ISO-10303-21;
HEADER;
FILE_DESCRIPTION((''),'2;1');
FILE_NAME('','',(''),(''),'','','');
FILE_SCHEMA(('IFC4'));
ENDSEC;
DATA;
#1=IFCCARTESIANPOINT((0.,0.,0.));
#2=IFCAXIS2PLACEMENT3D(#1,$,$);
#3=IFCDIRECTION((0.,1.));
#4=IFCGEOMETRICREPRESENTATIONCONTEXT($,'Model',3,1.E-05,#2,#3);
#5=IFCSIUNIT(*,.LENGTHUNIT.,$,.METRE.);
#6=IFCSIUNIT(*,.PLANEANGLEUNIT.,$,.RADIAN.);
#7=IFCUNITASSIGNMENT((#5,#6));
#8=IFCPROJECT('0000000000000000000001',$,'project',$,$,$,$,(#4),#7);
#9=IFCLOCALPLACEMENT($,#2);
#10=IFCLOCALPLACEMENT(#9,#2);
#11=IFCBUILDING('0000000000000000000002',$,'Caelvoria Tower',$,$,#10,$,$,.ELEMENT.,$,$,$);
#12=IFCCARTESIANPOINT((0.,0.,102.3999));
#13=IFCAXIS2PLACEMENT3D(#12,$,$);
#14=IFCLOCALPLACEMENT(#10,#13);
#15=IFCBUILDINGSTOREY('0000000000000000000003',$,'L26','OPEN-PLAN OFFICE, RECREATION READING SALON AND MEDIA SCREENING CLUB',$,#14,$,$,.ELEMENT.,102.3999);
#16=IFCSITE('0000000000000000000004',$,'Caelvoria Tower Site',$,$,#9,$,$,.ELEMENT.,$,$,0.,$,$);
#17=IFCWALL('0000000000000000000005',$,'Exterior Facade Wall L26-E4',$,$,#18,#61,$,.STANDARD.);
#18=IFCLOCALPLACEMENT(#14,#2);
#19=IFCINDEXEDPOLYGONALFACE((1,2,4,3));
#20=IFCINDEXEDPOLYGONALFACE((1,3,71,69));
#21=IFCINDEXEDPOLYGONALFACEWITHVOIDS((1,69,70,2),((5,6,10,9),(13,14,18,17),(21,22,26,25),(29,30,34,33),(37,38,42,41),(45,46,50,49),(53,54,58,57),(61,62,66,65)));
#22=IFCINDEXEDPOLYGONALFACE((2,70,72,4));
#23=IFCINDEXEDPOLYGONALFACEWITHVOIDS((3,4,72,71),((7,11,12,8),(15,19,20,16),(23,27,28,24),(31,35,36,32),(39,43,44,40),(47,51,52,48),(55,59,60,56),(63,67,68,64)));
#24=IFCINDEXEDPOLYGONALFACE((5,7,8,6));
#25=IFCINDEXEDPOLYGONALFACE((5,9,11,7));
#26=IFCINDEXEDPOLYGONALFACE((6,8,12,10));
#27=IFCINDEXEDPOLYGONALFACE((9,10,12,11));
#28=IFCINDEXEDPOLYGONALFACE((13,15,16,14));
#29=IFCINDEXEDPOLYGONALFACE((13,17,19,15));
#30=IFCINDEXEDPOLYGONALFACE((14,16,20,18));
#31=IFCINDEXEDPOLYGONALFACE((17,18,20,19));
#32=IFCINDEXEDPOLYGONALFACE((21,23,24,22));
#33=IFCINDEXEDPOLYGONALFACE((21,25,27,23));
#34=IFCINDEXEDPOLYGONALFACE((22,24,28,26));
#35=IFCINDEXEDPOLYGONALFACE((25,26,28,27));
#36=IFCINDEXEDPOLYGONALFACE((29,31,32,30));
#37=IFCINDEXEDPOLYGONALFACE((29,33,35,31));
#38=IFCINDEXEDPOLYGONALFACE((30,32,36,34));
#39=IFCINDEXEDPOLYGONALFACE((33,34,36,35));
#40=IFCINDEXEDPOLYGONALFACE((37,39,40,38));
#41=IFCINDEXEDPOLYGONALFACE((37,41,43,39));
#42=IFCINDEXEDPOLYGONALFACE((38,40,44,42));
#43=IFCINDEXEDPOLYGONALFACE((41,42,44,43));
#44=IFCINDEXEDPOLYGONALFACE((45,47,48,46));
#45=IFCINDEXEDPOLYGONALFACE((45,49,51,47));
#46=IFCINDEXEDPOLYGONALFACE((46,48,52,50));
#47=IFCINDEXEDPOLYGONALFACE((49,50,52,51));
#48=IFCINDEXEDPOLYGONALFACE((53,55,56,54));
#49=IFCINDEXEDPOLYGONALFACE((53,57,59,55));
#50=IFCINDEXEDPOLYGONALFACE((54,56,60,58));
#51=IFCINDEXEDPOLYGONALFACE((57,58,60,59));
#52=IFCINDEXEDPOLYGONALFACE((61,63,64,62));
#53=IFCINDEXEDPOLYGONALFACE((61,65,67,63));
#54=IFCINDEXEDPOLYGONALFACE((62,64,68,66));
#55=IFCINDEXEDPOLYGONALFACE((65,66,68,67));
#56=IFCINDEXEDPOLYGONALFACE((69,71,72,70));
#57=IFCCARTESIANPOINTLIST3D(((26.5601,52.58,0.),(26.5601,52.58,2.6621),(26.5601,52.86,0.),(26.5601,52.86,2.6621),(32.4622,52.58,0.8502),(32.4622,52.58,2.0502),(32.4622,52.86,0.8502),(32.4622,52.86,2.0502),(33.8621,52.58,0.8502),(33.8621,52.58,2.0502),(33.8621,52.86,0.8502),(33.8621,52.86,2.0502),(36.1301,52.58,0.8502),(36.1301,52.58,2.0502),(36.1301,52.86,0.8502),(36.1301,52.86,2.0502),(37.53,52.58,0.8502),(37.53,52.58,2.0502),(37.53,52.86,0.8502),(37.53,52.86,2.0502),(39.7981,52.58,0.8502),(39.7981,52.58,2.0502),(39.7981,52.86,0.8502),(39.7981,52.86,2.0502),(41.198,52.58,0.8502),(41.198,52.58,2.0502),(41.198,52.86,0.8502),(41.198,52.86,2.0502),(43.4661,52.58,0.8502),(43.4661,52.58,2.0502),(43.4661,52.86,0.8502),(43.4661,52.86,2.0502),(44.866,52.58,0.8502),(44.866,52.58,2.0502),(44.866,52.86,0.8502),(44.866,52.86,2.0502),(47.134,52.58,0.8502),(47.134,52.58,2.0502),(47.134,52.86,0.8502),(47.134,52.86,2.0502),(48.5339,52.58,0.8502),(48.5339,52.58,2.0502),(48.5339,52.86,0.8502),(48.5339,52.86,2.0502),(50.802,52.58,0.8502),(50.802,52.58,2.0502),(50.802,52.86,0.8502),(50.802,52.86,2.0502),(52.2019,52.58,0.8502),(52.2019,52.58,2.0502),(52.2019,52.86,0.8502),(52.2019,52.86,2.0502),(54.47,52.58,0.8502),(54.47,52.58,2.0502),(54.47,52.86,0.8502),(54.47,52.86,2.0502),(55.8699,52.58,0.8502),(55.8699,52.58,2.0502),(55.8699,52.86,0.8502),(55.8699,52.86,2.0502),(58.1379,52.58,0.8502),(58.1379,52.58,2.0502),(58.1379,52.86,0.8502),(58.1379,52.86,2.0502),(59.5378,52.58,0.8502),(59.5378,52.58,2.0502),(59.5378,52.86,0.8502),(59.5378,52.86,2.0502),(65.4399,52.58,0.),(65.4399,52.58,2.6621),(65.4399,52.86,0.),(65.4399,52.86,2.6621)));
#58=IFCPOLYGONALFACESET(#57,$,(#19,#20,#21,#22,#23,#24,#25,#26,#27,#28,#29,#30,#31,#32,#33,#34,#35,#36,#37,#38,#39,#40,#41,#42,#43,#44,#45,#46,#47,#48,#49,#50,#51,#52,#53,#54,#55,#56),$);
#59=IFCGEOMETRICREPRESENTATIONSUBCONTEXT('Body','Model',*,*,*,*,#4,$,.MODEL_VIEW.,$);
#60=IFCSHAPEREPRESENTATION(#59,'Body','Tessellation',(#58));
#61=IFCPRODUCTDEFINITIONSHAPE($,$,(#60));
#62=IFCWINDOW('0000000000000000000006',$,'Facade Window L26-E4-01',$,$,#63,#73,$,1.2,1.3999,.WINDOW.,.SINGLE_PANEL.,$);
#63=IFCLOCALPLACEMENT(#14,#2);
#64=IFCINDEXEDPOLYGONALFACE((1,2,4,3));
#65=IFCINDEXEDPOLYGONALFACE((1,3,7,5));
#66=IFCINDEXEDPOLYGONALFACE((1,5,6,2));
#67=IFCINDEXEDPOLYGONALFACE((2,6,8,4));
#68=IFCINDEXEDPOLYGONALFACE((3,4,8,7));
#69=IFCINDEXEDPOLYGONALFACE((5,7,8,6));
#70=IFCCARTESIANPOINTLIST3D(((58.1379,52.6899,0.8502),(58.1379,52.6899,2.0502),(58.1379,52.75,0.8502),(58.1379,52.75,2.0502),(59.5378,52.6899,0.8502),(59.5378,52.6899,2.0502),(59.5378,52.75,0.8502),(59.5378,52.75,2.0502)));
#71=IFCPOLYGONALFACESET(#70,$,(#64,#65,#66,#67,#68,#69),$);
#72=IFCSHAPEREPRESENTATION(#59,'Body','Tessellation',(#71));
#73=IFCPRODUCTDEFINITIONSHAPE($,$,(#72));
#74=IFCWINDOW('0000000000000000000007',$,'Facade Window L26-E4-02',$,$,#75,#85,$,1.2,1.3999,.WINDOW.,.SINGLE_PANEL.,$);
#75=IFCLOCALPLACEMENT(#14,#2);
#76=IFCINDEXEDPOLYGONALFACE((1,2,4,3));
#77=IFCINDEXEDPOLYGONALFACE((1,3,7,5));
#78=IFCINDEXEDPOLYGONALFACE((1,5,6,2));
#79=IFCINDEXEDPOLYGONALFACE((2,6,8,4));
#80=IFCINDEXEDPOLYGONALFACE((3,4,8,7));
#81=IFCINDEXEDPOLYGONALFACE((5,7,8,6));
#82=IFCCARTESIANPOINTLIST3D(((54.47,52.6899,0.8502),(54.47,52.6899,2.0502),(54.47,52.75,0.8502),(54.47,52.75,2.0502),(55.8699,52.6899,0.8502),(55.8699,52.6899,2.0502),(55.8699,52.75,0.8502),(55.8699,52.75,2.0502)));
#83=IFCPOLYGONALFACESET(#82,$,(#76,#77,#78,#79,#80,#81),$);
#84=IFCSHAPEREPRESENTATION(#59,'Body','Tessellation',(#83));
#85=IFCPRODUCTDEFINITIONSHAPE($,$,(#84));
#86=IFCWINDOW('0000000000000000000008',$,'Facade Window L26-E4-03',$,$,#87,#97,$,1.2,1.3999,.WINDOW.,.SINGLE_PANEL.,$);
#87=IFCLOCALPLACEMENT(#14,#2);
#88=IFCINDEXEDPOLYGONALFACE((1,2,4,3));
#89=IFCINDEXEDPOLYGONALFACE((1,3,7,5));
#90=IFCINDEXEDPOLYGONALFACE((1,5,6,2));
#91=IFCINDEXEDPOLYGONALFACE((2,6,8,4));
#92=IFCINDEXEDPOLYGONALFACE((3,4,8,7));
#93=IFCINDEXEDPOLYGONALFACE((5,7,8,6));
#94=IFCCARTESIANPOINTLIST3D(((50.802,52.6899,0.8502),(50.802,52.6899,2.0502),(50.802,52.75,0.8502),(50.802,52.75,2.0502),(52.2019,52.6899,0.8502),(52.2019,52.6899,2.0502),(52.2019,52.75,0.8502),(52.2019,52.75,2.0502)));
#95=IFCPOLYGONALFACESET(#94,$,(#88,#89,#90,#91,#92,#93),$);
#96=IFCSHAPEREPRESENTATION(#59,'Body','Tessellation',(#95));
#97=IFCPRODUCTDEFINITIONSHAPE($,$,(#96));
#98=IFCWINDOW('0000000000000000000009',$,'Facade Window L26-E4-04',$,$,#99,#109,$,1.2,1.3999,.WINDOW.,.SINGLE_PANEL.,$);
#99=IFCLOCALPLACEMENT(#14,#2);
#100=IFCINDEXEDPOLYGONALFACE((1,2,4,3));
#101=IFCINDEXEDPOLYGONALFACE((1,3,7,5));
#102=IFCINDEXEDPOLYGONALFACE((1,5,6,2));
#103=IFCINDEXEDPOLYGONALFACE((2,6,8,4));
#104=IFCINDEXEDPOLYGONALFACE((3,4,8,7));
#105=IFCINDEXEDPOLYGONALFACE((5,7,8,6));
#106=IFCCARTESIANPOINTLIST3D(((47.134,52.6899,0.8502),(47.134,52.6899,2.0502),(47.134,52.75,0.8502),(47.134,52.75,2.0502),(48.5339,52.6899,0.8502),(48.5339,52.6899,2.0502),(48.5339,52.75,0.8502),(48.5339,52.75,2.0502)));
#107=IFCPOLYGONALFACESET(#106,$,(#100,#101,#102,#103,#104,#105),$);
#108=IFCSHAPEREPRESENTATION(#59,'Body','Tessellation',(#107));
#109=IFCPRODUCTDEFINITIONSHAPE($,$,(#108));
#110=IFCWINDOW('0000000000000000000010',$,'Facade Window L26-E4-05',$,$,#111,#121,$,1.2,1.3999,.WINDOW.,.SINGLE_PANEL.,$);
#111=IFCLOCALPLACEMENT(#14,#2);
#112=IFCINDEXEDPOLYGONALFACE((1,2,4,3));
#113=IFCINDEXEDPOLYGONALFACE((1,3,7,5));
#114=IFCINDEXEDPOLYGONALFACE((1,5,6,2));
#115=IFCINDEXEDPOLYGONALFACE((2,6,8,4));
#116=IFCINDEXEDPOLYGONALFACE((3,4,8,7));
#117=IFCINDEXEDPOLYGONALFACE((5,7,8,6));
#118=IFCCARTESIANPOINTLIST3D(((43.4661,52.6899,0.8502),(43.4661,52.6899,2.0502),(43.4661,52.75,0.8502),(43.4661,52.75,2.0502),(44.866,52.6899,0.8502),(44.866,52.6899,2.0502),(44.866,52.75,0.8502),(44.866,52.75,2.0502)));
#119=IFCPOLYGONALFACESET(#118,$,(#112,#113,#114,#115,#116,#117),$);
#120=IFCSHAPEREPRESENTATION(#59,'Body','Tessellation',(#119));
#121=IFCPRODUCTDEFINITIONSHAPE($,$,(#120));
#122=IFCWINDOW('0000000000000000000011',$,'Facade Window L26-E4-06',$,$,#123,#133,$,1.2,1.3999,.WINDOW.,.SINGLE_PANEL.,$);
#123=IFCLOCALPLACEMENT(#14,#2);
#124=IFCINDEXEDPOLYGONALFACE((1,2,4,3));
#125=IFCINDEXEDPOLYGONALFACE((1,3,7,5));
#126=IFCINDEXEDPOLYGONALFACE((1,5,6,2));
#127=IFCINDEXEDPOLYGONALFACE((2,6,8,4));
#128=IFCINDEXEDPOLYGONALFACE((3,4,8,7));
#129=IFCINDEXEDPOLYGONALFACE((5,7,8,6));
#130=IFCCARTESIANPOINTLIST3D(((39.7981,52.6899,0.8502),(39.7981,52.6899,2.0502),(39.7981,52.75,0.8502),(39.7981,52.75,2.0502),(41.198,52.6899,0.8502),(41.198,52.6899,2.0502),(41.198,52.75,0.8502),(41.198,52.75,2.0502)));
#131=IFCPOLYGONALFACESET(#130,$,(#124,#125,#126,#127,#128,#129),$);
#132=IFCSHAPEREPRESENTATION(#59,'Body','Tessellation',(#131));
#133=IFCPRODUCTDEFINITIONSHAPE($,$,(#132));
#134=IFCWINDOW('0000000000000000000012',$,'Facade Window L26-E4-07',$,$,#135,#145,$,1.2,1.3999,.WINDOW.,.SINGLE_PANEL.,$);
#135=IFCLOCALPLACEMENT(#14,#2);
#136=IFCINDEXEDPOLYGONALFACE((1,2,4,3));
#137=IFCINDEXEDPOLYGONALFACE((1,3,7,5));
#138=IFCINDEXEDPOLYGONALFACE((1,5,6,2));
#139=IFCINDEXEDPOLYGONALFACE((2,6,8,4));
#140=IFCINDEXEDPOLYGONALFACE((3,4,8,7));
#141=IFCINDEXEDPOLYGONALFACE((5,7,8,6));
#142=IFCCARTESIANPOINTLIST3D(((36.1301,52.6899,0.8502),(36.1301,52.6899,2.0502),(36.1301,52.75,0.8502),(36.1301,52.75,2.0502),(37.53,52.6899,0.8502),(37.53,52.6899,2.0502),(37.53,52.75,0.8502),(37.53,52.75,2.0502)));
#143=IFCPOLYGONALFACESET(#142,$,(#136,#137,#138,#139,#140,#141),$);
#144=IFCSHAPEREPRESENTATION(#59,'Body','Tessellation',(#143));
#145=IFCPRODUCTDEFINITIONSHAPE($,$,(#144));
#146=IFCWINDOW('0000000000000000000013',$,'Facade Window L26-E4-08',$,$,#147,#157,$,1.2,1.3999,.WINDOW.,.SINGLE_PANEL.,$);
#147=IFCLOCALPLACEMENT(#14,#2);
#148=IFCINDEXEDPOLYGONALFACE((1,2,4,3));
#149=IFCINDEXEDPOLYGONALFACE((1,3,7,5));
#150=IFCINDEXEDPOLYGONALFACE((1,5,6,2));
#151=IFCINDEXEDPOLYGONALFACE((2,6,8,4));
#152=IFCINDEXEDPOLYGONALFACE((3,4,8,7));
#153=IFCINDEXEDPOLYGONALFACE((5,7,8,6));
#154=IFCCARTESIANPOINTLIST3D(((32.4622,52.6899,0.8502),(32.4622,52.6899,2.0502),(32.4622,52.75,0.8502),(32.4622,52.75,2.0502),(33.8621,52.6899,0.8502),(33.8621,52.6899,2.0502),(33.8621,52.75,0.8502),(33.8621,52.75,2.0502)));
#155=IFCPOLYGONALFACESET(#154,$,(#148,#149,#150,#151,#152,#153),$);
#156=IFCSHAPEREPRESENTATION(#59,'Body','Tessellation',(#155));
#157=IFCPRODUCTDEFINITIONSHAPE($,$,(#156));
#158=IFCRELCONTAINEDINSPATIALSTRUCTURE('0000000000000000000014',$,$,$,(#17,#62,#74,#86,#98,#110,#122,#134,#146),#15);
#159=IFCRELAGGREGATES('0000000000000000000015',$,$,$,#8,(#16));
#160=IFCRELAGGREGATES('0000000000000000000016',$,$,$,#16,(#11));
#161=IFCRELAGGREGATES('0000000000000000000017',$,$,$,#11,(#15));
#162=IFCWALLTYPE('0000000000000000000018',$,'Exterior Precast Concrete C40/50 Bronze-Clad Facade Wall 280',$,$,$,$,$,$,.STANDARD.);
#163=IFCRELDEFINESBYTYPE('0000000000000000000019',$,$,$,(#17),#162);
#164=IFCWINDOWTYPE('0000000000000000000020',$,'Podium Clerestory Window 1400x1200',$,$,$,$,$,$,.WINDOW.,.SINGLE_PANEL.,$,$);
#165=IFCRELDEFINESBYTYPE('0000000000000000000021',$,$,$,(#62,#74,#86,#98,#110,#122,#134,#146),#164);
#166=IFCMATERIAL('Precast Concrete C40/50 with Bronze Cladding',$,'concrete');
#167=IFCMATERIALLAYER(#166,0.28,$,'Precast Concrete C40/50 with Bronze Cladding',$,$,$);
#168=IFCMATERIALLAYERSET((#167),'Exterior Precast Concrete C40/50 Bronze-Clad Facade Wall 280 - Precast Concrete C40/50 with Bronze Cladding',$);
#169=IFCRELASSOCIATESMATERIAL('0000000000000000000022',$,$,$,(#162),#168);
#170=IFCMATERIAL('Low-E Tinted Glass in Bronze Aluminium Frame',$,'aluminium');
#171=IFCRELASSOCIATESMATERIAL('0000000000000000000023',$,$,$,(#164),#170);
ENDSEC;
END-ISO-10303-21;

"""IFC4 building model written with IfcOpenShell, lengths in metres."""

from ifc_helpers import new_model, si_unit, direction, frame, frame_2d, origin, place, context, subcontext, project, spatial, rectangle, extrude, material, layer, layer_set, type_object, element, fill, save


model = new_model("IFC4")

# Units and contexts
model_context = context("Model", 3, precision=1e-05, world=origin(), true_north=direction((0.0, 1.0)))
body_context = subcontext(model_context, "Body", "Model", "MODEL_VIEW")
ifc_project = project(units=[si_unit("LENGTHUNIT", "METRE"), si_unit("PLANEANGLEUNIT", "RADIAN")], contexts=[model_context])

# Site, building, storey
site_placement = place(None, origin())
site = spatial("IfcSite", under=ifc_project, at=site_placement, Name="Caelvoria Tower Site", CompositionType="ELEMENT", RefElevation=0.0)
building_placement = place(site_placement, origin())
building = spatial("IfcBuilding", under=site, at=building_placement, Name="Caelvoria Tower", CompositionType="ELEMENT")
storey_placement = place(building_placement, frame((0.0, 0.0, 102.3999)))
storey = spatial("IfcBuildingStorey", under=building, at=storey_placement, Name="L26", Description="OPEN-PLAN OFFICE, RECREATION READING SALON AND MEDIA SCREENING CLUB", CompositionType="ELEMENT", Elevation=102.3999)

# Wall, openings, windows
ifc_material_1 = material(Name="Precast Concrete C40/50 with Bronze Cladding", Category="concrete")
ifc_layer_1 = layer(ifc_material_1, 0.28, Name="Precast Concrete C40/50 with Bronze Cladding")
ifc_layer_set_1 = layer_set([ifc_layer_1], Name="Exterior Precast Concrete C40/50 Bronze-Clad Facade Wall 280 - Precast Concrete C40/50 with Bronze Cladding")
wall_type = type_object("IfcWallType", Name="Exterior Precast Concrete C40/50 Bronze-Clad Facade Wall 280", PredefinedType="STANDARD", material=ifc_layer_set_1)
wall_placement = place(storey_placement, frame((65.4399, 52.72, 0.0), z_axis=(0.0, 0.0, 1.0), x_axis=(-1.0, 0.0, 0.0)))
wall = element("IfcWall", 1, at=wall_placement, inside=storey, type_object=wall_type, Name="Exterior Facade Wall L26-E4", PredefinedType="STANDARD", context=body_context, shape_type="SweptSolid", body=[
    extrude(rectangle(XDim=38.8799, YDim=0.28, at=frame_2d((19.4399, 0.0))), origin(), (0.0, 0.0, 1.0), 2.6621),
])
opening_1_placement = place(wall_placement, frame((5.9021, 0.0, 0.8501)))
opening_1 = element("IfcOpeningElement", 2, at=opening_1_placement, cuts=wall, PredefinedType="OPENING", context=body_context, shape_type="SweptSolid", body=[
    extrude(rectangle(XDim=1.3999, YDim=1.2, at=frame_2d((0.7, 0.6001))), frame((0.0, 0.1499, 0.0), z_axis=(0.0, -1.0, 0.0), x_axis=(1.0, 0.0, 0.0)), (0.0, 0.0, 1.0), 0.3),
])
opening_2_placement = place(wall_placement, frame((9.5701, 0.0, 0.8501)))
opening_2 = element("IfcOpeningElement", 3, at=opening_2_placement, cuts=wall, PredefinedType="OPENING", context=body_context, shape_type="SweptSolid", body=[
    extrude(rectangle(XDim=1.3999, YDim=1.2, at=frame_2d((0.7, 0.6001))), frame((0.0, 0.1499, 0.0), z_axis=(0.0, -1.0, 0.0), x_axis=(1.0, 0.0, 0.0)), (0.0, 0.0, 1.0), 0.3),
])
opening_3_placement = place(wall_placement, frame((13.238, 0.0, 0.8501)))
opening_3 = element("IfcOpeningElement", 4, at=opening_3_placement, cuts=wall, PredefinedType="OPENING", context=body_context, shape_type="SweptSolid", body=[
    extrude(rectangle(XDim=1.3999, YDim=1.2, at=frame_2d((0.7, 0.6001))), frame((0.0, 0.1499, 0.0), z_axis=(0.0, -1.0, 0.0), x_axis=(1.0, 0.0, 0.0)), (0.0, 0.0, 1.0), 0.3),
])
opening_4_placement = place(wall_placement, frame((16.906, 0.0, 0.8501)))
opening_4 = element("IfcOpeningElement", 5, at=opening_4_placement, cuts=wall, PredefinedType="OPENING", context=body_context, shape_type="SweptSolid", body=[
    extrude(rectangle(XDim=1.3999, YDim=1.2, at=frame_2d((0.7, 0.6001))), frame((0.0, 0.1499, 0.0), z_axis=(0.0, -1.0, 0.0), x_axis=(1.0, 0.0, 0.0)), (0.0, 0.0, 1.0), 0.3),
])
opening_5_placement = place(wall_placement, frame((20.574, 0.0, 0.8501)))
opening_5 = element("IfcOpeningElement", 6, at=opening_5_placement, cuts=wall, PredefinedType="OPENING", context=body_context, shape_type="SweptSolid", body=[
    extrude(rectangle(XDim=1.3999, YDim=1.2, at=frame_2d((0.7, 0.6001))), frame((0.0, 0.1499, 0.0), z_axis=(0.0, -1.0, 0.0), x_axis=(1.0, 0.0, 0.0)), (0.0, 0.0, 1.0), 0.3),
])
opening_6_placement = place(wall_placement, frame((24.2419, 0.0, 0.8501)))
opening_6 = element("IfcOpeningElement", 7, at=opening_6_placement, cuts=wall, PredefinedType="OPENING", context=body_context, shape_type="SweptSolid", body=[
    extrude(rectangle(XDim=1.3999, YDim=1.2, at=frame_2d((0.7, 0.6001))), frame((0.0, 0.1499, 0.0), z_axis=(0.0, -1.0, 0.0), x_axis=(1.0, 0.0, 0.0)), (0.0, 0.0, 1.0), 0.3),
])
opening_7_placement = place(wall_placement, frame((27.9099, 0.0, 0.8501)))
opening_7 = element("IfcOpeningElement", 8, at=opening_7_placement, cuts=wall, PredefinedType="OPENING", context=body_context, shape_type="SweptSolid", body=[
    extrude(rectangle(XDim=1.3999, YDim=1.2, at=frame_2d((0.7, 0.6001))), frame((0.0, 0.1499, 0.0), z_axis=(0.0, -1.0, 0.0), x_axis=(1.0, 0.0, 0.0)), (0.0, 0.0, 1.0), 0.3),
])
opening_8_placement = place(wall_placement, frame((31.5779, 0.0, 0.8501)))
opening_8 = element("IfcOpeningElement", 9, at=opening_8_placement, cuts=wall, PredefinedType="OPENING", context=body_context, shape_type="SweptSolid", body=[
    extrude(rectangle(XDim=1.3999, YDim=1.2, at=frame_2d((0.7, 0.6001))), frame((0.0, 0.1499, 0.0), z_axis=(0.0, -1.0, 0.0), x_axis=(1.0, 0.0, 0.0)), (0.0, 0.0, 1.0), 0.3),
])
ifc_material_2 = material(Name="Low-E Tinted Glass in Bronze Aluminium Frame", Category="aluminium")
window_type = type_object("IfcWindowType", Name="Podium Clerestory Window 1400x1200", PartitioningType="SINGLE_PANEL", PredefinedType="WINDOW", material=ifc_material_2)
window_1_placement = place(opening_1_placement, origin())
window_1 = element("IfcWindow", 10, at=window_1_placement, inside=storey, type_object=window_type, Name="Facade Window L26-E4-01", OverallHeight=1.2, OverallWidth=1.3999, PartitioningType="SINGLE_PANEL", PredefinedType="WINDOW", context=body_context, shape_type="SweptSolid", body=[
    extrude(rectangle(XDim=1.3999, YDim=1.2, at=frame_2d((0.7, 0.6001))), frame((0.0, 0.03, 0.0), z_axis=(0.0, -1.0, 0.0), x_axis=(1.0, 0.0, 0.0)), (0.0, 0.0, 1.0), 0.0601),
])
fill(opening_1, window_1)
window_2_placement = place(opening_2_placement, origin())
window_2 = element("IfcWindow", 11, at=window_2_placement, inside=storey, type_object=window_type, Name="Facade Window L26-E4-02", OverallHeight=1.2, OverallWidth=1.3999, PartitioningType="SINGLE_PANEL", PredefinedType="WINDOW", context=body_context, shape_type="SweptSolid", body=[
    extrude(rectangle(XDim=1.3999, YDim=1.2, at=frame_2d((0.7, 0.6001))), frame((0.0, 0.03, 0.0), z_axis=(0.0, -1.0, 0.0), x_axis=(1.0, 0.0, 0.0)), (0.0, 0.0, 1.0), 0.0601),
])
fill(opening_2, window_2)
window_3_placement = place(opening_3_placement, origin())
window_3 = element("IfcWindow", 12, at=window_3_placement, inside=storey, type_object=window_type, Name="Facade Window L26-E4-03", OverallHeight=1.2, OverallWidth=1.3999, PartitioningType="SINGLE_PANEL", PredefinedType="WINDOW", context=body_context, shape_type="SweptSolid", body=[
    extrude(rectangle(XDim=1.3999, YDim=1.2, at=frame_2d((0.7, 0.6001))), frame((0.0, 0.03, 0.0), z_axis=(0.0, -1.0, 0.0), x_axis=(1.0, 0.0, 0.0)), (0.0, 0.0, 1.0), 0.0601),
])
fill(opening_3, window_3)
window_4_placement = place(opening_4_placement, origin())
window_4 = element("IfcWindow", 13, at=window_4_placement, inside=storey, type_object=window_type, Name="Facade Window L26-E4-04", OverallHeight=1.2, OverallWidth=1.3999, PartitioningType="SINGLE_PANEL", PredefinedType="WINDOW", context=body_context, shape_type="SweptSolid", body=[
    extrude(rectangle(XDim=1.3999, YDim=1.2, at=frame_2d((0.7, 0.6001))), frame((0.0, 0.03, 0.0), z_axis=(0.0, -1.0, 0.0), x_axis=(1.0, 0.0, 0.0)), (0.0, 0.0, 1.0), 0.0601),
])
fill(opening_4, window_4)
window_5_placement = place(opening_5_placement, origin())
window_5 = element("IfcWindow", 14, at=window_5_placement, inside=storey, type_object=window_type, Name="Facade Window L26-E4-05", OverallHeight=1.2, OverallWidth=1.3999, PartitioningType="SINGLE_PANEL", PredefinedType="WINDOW", context=body_context, shape_type="SweptSolid", body=[
    extrude(rectangle(XDim=1.3999, YDim=1.2, at=frame_2d((0.7, 0.6001))), frame((0.0, 0.03, 0.0), z_axis=(0.0, -1.0, 0.0), x_axis=(1.0, 0.0, 0.0)), (0.0, 0.0, 1.0), 0.0601),
])
fill(opening_5, window_5)
window_6_placement = place(opening_6_placement, origin())
window_6 = element("IfcWindow", 15, at=window_6_placement, inside=storey, type_object=window_type, Name="Facade Window L26-E4-06", OverallHeight=1.2, OverallWidth=1.3999, PartitioningType="SINGLE_PANEL", PredefinedType="WINDOW", context=body_context, shape_type="SweptSolid", body=[
    extrude(rectangle(XDim=1.3999, YDim=1.2, at=frame_2d((0.7, 0.6001))), frame((0.0, 0.03, 0.0), z_axis=(0.0, -1.0, 0.0), x_axis=(1.0, 0.0, 0.0)), (0.0, 0.0, 1.0), 0.0601),
])
fill(opening_6, window_6)
window_7_placement = place(opening_7_placement, origin())
window_7 = element("IfcWindow", 16, at=window_7_placement, inside=storey, type_object=window_type, Name="Facade Window L26-E4-07", OverallHeight=1.2, OverallWidth=1.3999, PartitioningType="SINGLE_PANEL", PredefinedType="WINDOW", context=body_context, shape_type="SweptSolid", body=[
    extrude(rectangle(XDim=1.3999, YDim=1.2, at=frame_2d((0.7, 0.6001))), frame((0.0, 0.03, 0.0), z_axis=(0.0, -1.0, 0.0), x_axis=(1.0, 0.0, 0.0)), (0.0, 0.0, 1.0), 0.0601),
])
fill(opening_7, window_7)
window_8_placement = place(opening_8_placement, origin())
window_8 = element("IfcWindow", 17, at=window_8_placement, inside=storey, type_object=window_type, Name="Facade Window L26-E4-08", OverallHeight=1.2, OverallWidth=1.3999, PartitioningType="SINGLE_PANEL", PredefinedType="WINDOW", context=body_context, shape_type="SweptSolid", body=[
    extrude(rectangle(XDim=1.3999, YDim=1.2, at=frame_2d((0.7, 0.6001))), frame((0.0, 0.03, 0.0), z_axis=(0.0, -1.0, 0.0), x_axis=(1.0, 0.0, 0.0)), (0.0, 0.0, 1.0), 0.0601),
])
fill(opening_8, window_8)

save(model, "model.ifc")
